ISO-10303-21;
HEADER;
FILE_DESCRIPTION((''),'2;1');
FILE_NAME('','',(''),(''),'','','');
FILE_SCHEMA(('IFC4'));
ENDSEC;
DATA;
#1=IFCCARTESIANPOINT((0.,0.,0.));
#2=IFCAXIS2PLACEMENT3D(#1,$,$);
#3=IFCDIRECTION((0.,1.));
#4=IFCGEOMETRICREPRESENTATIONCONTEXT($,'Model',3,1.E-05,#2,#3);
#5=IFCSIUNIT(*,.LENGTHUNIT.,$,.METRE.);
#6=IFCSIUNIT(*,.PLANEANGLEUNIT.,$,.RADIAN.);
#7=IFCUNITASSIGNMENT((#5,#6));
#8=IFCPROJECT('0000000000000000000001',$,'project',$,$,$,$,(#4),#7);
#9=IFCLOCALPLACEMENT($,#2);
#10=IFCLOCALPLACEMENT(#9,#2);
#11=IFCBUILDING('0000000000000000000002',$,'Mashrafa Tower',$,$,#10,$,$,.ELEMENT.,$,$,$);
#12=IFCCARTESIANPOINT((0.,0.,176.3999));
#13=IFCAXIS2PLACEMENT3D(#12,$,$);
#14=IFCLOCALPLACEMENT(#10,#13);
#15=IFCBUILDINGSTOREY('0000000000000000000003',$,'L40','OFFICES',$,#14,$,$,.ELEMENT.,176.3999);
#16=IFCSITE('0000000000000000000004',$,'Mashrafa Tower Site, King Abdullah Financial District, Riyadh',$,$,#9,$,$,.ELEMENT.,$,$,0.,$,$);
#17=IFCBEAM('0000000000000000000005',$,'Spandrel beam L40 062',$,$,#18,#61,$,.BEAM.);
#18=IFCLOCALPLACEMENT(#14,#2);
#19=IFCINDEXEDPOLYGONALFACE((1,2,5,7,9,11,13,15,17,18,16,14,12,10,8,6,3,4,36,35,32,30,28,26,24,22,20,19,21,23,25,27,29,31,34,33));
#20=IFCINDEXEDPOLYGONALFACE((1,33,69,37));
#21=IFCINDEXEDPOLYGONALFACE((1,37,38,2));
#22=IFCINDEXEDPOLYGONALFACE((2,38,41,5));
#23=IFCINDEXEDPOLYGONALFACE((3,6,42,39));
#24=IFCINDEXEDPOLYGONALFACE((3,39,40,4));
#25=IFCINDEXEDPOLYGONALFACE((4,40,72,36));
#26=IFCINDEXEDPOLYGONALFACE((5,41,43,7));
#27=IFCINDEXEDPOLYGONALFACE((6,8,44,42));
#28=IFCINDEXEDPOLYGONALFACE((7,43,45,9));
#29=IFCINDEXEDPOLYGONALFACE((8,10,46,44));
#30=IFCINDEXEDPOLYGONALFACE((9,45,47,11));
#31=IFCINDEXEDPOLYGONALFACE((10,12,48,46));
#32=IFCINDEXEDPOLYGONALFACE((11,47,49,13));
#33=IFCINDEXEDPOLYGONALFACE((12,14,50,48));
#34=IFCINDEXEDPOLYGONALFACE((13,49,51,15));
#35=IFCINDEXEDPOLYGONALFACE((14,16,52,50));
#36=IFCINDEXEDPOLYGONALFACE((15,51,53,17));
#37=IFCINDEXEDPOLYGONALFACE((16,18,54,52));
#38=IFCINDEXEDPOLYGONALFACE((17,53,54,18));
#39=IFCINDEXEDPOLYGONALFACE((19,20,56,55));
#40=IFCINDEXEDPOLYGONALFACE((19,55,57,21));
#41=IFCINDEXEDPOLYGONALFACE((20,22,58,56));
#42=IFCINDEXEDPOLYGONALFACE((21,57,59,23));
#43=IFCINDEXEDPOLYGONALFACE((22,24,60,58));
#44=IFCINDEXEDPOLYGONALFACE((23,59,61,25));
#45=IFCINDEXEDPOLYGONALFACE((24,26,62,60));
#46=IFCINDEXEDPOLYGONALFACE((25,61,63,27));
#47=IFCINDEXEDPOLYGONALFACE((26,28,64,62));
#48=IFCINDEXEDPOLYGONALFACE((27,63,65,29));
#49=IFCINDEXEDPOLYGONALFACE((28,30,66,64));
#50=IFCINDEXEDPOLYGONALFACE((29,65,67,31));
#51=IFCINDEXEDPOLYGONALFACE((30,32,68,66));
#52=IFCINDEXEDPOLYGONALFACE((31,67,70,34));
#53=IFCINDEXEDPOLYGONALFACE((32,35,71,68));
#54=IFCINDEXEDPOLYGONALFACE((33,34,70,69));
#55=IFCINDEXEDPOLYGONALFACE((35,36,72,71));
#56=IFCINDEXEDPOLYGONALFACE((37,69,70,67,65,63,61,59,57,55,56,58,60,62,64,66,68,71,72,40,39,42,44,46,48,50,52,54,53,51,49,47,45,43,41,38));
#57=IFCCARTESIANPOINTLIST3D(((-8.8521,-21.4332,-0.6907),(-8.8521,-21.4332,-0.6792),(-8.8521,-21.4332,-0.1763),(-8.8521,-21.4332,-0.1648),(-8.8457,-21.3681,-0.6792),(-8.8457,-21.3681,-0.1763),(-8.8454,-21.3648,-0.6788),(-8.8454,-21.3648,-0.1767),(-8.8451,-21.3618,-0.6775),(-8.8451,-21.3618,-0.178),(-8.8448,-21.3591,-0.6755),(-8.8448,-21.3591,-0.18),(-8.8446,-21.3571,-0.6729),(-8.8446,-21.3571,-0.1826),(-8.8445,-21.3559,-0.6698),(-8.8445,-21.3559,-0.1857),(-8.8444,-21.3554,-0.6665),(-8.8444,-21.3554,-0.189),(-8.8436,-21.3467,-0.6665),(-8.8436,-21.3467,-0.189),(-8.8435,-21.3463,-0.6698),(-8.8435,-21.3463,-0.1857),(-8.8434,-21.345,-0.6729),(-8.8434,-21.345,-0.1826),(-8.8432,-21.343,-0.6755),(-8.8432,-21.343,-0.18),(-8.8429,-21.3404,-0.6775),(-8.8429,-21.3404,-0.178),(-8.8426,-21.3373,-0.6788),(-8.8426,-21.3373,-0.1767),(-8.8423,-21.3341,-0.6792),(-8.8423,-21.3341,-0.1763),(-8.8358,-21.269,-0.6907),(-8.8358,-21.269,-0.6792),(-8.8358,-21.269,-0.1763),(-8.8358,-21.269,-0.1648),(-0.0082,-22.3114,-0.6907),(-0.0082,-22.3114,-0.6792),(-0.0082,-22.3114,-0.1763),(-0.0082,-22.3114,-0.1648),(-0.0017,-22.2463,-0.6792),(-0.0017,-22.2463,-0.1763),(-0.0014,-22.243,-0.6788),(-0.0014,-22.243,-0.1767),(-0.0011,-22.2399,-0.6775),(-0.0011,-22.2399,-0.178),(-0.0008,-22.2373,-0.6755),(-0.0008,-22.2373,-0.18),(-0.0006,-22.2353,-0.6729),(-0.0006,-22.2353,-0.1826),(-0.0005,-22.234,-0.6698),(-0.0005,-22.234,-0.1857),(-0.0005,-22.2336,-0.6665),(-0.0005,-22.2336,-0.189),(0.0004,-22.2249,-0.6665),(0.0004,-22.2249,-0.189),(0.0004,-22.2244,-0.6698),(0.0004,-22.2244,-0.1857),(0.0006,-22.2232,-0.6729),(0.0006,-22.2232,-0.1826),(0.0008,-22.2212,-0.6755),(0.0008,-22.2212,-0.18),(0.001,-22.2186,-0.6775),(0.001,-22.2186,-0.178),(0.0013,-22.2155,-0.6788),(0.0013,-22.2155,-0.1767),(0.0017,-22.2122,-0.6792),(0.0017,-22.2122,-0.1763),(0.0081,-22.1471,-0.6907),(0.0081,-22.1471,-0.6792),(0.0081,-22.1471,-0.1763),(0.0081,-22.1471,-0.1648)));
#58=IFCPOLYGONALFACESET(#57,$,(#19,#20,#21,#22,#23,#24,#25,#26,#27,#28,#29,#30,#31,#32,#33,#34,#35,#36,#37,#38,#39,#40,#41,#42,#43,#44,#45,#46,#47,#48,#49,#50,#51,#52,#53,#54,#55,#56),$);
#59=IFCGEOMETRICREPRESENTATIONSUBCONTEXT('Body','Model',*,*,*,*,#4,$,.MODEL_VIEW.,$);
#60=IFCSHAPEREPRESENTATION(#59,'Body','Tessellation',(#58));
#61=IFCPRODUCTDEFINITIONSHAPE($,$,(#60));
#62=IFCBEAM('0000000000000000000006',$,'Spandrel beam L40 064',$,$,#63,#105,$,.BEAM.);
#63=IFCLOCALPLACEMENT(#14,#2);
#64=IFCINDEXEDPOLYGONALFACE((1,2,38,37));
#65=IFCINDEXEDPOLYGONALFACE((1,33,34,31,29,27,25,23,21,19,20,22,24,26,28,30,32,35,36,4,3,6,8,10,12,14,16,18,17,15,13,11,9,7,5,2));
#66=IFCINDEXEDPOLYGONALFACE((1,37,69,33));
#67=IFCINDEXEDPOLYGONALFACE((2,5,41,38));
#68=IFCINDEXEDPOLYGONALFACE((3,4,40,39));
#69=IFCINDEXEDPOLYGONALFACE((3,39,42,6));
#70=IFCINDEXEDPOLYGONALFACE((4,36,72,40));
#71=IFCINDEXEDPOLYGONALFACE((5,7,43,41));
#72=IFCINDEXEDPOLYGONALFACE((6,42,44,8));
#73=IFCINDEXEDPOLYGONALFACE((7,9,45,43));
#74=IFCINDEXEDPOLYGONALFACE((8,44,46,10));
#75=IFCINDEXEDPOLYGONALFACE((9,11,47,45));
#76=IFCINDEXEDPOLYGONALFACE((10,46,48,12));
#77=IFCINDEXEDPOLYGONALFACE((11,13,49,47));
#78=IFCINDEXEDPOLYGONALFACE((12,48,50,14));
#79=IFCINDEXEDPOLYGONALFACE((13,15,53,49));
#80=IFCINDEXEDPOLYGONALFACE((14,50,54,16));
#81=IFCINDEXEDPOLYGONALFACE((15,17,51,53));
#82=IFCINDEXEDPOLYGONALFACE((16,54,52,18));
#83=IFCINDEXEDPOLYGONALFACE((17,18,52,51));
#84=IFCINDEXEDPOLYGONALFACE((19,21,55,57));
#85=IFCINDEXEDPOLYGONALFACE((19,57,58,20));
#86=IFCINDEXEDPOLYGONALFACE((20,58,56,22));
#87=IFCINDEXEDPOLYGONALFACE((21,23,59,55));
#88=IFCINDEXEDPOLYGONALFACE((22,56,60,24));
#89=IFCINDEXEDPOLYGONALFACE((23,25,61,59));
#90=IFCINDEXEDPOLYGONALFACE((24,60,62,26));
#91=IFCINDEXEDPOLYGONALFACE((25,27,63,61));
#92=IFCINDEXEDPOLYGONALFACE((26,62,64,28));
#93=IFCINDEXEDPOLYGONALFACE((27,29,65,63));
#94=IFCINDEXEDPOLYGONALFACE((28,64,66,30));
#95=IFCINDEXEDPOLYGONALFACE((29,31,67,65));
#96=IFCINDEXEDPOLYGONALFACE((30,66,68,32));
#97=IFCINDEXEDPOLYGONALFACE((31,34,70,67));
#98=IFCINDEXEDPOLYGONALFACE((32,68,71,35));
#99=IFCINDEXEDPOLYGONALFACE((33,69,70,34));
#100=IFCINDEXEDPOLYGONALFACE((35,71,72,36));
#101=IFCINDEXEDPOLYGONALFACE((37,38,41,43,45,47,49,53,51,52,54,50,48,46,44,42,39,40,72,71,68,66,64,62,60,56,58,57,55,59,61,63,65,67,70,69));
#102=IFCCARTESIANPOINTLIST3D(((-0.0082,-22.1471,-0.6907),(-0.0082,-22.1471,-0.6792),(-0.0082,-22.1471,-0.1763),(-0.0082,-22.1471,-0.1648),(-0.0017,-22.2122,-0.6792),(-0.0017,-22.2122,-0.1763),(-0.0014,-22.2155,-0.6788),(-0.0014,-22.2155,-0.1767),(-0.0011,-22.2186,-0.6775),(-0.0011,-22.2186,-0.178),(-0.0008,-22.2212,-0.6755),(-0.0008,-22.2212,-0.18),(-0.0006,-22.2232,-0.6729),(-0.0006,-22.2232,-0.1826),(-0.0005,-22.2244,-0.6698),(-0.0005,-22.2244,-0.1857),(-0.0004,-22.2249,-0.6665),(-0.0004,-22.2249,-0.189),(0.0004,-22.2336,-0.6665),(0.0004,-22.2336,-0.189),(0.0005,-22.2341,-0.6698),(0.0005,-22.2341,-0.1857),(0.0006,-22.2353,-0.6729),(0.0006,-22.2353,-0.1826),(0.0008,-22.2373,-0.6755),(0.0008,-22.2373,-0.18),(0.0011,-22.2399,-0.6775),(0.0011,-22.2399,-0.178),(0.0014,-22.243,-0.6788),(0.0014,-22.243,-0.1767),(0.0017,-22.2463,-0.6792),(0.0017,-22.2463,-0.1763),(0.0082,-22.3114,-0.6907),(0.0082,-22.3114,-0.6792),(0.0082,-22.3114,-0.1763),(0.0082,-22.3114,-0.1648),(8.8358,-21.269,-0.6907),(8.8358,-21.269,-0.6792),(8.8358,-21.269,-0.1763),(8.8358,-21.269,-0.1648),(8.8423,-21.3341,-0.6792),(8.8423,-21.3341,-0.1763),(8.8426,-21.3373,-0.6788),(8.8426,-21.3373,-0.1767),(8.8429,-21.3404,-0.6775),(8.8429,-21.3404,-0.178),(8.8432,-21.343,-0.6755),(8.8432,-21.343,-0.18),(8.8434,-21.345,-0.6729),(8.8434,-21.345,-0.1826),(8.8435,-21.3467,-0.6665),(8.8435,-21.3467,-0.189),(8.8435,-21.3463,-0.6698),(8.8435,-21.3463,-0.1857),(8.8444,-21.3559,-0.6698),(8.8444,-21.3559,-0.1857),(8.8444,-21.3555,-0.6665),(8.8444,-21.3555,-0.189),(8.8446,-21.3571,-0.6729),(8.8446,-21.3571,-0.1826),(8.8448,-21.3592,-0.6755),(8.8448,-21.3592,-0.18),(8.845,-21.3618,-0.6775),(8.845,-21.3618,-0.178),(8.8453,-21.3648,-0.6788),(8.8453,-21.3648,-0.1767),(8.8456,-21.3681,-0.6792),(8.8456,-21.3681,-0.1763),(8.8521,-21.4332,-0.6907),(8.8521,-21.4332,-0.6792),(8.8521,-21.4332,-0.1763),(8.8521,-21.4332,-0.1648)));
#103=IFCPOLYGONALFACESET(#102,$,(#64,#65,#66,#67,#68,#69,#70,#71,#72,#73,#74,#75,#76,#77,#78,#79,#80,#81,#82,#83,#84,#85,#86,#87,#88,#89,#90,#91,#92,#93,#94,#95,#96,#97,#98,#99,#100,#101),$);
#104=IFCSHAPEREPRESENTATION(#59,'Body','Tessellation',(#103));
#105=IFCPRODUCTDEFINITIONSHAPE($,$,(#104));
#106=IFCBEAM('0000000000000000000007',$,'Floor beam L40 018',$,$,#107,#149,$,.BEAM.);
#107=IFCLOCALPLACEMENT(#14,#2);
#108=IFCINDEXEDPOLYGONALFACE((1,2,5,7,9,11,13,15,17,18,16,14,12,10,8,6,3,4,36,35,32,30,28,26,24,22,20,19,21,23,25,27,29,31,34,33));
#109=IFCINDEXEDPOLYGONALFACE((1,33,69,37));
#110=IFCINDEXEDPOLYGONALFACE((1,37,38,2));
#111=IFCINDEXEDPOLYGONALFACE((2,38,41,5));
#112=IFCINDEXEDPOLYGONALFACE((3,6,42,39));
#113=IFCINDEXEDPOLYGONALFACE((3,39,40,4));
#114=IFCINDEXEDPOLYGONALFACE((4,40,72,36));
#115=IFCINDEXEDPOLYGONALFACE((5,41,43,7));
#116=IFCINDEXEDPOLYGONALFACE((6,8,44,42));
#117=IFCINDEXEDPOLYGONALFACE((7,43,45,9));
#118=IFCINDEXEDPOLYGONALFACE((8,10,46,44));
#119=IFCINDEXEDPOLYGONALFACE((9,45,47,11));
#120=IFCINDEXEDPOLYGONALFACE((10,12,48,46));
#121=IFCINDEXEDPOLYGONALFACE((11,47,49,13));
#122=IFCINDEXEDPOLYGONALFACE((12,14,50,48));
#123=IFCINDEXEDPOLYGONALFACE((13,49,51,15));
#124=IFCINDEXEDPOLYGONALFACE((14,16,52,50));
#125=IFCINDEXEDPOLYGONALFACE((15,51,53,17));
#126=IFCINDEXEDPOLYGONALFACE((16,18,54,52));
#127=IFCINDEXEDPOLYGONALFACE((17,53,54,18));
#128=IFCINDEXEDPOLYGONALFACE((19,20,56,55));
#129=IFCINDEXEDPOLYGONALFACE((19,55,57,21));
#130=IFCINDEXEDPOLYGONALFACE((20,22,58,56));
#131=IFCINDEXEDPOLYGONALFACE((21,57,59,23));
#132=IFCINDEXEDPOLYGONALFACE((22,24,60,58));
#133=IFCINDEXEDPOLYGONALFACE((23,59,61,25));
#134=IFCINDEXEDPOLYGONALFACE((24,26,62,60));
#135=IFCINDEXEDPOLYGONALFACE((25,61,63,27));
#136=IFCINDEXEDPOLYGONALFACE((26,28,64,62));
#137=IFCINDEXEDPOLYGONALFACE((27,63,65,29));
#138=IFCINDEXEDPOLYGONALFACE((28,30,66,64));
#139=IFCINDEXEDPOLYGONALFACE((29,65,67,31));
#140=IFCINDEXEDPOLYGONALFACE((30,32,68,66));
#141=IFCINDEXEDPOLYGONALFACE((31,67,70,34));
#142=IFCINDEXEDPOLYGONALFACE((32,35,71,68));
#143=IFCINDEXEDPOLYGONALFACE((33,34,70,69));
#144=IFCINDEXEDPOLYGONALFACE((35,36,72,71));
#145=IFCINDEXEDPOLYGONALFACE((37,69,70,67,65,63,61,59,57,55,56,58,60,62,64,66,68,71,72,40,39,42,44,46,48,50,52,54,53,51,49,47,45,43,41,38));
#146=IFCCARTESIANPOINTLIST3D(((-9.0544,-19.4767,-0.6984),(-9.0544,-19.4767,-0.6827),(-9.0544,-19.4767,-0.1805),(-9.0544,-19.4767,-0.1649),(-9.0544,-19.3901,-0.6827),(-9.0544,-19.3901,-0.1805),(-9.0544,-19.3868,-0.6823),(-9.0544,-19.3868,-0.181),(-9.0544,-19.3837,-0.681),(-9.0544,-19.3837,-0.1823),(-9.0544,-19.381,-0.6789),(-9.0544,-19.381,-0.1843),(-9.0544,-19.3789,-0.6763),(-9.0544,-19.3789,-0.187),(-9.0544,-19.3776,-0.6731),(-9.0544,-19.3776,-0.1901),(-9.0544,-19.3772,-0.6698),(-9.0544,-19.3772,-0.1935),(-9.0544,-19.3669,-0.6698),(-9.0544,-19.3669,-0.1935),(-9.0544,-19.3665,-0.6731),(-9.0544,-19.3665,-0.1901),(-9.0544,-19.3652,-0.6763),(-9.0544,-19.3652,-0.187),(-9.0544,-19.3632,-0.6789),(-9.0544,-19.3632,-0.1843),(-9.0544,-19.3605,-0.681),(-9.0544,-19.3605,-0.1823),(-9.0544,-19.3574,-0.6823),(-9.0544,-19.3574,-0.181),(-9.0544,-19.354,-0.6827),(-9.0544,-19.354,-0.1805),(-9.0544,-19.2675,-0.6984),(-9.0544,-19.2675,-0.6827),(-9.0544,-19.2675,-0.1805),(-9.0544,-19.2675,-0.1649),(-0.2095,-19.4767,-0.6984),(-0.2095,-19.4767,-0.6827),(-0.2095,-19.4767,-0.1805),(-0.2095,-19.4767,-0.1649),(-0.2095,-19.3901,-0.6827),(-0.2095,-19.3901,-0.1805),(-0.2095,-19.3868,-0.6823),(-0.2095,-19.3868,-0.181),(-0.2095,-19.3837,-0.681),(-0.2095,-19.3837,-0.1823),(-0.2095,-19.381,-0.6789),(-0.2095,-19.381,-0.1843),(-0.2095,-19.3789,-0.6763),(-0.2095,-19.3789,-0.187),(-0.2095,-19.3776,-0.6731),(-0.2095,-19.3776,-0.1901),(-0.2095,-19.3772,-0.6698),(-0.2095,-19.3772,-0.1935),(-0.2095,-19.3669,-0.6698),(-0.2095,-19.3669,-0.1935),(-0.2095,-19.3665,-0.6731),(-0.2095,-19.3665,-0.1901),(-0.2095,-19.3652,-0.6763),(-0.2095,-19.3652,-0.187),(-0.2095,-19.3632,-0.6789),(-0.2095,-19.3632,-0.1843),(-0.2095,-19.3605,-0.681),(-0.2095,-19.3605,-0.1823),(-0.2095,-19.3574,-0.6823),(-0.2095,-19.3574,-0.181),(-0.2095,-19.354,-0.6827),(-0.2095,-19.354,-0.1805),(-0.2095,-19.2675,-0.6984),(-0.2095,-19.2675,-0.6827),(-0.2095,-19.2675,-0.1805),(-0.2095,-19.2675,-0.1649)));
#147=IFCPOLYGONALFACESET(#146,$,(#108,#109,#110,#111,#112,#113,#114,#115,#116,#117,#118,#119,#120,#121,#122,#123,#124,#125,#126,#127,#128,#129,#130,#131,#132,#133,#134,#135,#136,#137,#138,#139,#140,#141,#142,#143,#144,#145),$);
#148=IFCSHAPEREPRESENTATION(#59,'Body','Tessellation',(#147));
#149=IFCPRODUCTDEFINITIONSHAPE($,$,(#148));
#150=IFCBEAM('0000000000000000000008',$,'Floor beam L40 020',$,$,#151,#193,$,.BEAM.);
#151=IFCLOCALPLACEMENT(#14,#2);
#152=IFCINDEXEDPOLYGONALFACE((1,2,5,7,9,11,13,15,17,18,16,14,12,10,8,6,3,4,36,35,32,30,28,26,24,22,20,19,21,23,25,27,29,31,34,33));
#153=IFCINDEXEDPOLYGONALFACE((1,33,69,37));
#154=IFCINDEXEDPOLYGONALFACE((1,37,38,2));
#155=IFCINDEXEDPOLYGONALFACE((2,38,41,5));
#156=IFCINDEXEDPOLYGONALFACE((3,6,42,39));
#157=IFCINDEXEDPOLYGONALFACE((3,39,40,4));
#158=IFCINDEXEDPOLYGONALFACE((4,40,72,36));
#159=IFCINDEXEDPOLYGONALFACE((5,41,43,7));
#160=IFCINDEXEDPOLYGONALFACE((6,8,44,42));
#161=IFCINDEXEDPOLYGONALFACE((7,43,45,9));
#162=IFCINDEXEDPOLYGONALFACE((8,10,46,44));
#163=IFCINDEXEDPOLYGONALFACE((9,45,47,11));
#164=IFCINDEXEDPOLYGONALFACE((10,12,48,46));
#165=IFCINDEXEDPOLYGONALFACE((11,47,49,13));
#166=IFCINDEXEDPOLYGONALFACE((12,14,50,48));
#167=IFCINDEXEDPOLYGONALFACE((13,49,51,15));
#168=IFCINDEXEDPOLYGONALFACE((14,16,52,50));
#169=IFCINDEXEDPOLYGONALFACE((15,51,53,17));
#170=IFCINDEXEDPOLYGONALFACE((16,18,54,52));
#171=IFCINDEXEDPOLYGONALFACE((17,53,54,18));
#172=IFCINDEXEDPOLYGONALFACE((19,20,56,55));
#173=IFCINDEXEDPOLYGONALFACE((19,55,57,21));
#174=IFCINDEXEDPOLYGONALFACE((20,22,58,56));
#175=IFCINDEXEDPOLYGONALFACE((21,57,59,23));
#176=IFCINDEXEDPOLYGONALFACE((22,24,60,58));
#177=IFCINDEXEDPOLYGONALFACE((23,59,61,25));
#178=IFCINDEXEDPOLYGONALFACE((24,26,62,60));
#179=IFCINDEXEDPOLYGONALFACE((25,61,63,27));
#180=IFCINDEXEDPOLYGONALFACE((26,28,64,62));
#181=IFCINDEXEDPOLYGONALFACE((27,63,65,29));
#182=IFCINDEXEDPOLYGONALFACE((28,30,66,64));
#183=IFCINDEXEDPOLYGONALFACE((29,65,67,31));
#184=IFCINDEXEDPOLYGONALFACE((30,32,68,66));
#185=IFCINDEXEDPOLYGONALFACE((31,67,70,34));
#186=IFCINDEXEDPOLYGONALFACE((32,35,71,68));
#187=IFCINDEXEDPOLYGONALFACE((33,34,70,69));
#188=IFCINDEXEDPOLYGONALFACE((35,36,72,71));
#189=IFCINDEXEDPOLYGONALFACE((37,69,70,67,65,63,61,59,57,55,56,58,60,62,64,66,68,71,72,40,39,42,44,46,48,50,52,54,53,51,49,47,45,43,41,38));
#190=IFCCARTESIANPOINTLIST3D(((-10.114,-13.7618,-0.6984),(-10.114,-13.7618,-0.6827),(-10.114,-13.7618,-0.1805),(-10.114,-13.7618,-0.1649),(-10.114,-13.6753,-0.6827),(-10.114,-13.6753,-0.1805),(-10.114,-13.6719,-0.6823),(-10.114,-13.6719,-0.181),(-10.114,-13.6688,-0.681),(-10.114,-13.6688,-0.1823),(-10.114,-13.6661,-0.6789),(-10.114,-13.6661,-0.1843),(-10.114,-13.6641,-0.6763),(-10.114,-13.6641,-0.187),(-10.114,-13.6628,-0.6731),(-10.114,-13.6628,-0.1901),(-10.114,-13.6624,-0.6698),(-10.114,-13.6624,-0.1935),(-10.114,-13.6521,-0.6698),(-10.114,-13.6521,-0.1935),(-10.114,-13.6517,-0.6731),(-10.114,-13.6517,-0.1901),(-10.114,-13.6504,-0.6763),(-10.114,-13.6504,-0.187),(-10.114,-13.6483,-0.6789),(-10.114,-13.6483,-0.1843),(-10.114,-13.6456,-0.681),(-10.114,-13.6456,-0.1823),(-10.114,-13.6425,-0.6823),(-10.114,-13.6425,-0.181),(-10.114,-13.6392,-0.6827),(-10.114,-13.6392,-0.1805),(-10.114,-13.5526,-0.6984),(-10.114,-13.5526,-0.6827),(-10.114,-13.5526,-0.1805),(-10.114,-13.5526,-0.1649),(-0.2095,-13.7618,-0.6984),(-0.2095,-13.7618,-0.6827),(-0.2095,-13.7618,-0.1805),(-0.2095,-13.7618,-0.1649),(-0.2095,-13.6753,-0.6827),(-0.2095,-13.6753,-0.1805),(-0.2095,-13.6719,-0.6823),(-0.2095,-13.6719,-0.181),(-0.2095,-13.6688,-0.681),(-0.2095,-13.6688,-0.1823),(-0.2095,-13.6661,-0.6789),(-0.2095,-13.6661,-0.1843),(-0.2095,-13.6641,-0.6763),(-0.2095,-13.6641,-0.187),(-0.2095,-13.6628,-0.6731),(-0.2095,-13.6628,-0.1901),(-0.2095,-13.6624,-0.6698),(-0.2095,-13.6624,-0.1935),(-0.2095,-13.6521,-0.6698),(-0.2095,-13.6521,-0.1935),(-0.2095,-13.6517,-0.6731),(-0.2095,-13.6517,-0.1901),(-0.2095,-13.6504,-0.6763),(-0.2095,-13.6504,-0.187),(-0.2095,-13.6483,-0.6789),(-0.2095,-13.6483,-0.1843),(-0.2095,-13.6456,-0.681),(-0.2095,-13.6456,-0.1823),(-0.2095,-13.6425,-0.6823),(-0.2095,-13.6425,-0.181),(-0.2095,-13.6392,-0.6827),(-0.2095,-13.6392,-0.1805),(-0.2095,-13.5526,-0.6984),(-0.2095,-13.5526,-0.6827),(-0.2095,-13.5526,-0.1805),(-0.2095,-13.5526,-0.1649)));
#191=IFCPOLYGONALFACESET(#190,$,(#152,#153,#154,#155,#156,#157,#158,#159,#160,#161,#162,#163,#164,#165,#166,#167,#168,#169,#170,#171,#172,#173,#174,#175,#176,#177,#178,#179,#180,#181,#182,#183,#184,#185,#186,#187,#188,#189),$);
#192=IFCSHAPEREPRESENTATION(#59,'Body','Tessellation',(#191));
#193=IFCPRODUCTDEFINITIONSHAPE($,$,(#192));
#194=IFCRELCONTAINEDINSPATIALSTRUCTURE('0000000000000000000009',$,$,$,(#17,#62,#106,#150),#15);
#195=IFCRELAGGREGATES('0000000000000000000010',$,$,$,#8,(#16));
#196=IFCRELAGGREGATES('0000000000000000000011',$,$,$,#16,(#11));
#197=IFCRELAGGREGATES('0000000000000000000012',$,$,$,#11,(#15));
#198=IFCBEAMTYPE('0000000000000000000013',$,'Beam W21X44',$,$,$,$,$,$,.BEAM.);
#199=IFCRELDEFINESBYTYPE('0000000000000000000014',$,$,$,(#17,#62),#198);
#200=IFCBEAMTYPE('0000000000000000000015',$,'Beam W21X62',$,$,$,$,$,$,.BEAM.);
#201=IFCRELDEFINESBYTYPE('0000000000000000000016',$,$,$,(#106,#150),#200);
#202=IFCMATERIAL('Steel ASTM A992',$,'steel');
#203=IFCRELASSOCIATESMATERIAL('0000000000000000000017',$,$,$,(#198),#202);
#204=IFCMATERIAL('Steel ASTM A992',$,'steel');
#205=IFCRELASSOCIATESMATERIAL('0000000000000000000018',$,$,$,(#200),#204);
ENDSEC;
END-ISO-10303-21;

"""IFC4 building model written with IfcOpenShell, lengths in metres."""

from ifc_helpers import new_model, si_unit, direction, frame, origin, origin_2d, place, context, subcontext, project, spatial, i_section, extrude, material, material_profile, profile_set, type_object, element, save


model = new_model("IFC4")

# Units and contexts
model_context = context("Model", 3, precision=1e-05, world=origin(), true_north=direction((0.0, 1.0)))
body_context = subcontext(model_context, "Body", "Model", "MODEL_VIEW")
ifc_project = project(units=[si_unit("LENGTHUNIT", "METRE"), si_unit("PLANEANGLEUNIT", "RADIAN")], contexts=[model_context])

# Site, building, storey
site_placement = place(None, origin())
site = spatial("IfcSite", under=ifc_project, at=site_placement, Name="Mashrafa Tower Site, King Abdullah Financial District, Riyadh", CompositionType="ELEMENT", RefElevation=0.0)
building_placement = place(site_placement, origin())
building = spatial("IfcBuilding", under=site, at=building_placement, Name="Mashrafa Tower", CompositionType="ELEMENT")
storey_placement = place(building_placement, frame((0.0, 0.0, 176.3999)))
storey = spatial("IfcBuildingStorey", under=building, at=storey_placement, Name="L40", Description="OFFICES", CompositionType="ELEMENT", Elevation=176.3999)

# Beams
ifc_material_1 = material(Name="Steel ASTM A992", Category="steel")
ifc_material_profile_1 = material_profile(ifc_material_1, i_section(OverallWidth=0.165, OverallDepth=0.5259, WebThickness=0.0088, FlangeThickness=0.0115, FilletRadius=0.0127, at=origin_2d()), Name="W21X44")
ifc_profile_set_1 = profile_set([ifc_material_profile_1], Name="Steel ASTM A992")
beam_type_1 = type_object("IfcBeamType", Name="Beam W21X44", PredefinedType="BEAM", material=ifc_profile_set_1)
for number, where, z_axis, x_axis, name in (
    (1, (-8.844, -21.3511, -0.4277), (0.995106, -0.09881, 0.0), (0.09881, 0.995106, 0.0), "Spandrel beam L40 062"),
    (2, (0.0, -22.2292, -0.4277), (0.995106, 0.09881, 0.0), (-0.09881, 0.995106, 0.0), "Spandrel beam L40 064"),
):
    element("IfcBeam", number, at=place(storey_placement, frame(where, z_axis=z_axis, x_axis=x_axis)), inside=storey, type_object=beam_type_1, Name=name, PredefinedType="BEAM", context=body_context, shape_type="SweptSolid", body=[
        extrude(i_section(OverallWidth=0.165, OverallDepth=0.5259, WebThickness=0.0088, FlangeThickness=0.0115, FilletRadius=0.0127, at=origin_2d()), origin(), (0.0, 0.0, 1.0), 8.8875),
    ])
ifc_material_2 = material(Name="Steel ASTM A992", Category="steel")
ifc_material_profile_2 = material_profile(ifc_material_2, i_section(OverallWidth=0.2092, OverallDepth=0.5334, WebThickness=0.0103, FlangeThickness=0.0156, FilletRadius=0.0129, at=origin_2d()), Name="W21X62")
ifc_profile_set_2 = profile_set([ifc_material_profile_2], Name="Steel ASTM A992")
beam_type_2 = type_object("IfcBeamType", Name="Beam W21X62", PredefinedType="BEAM", material=ifc_profile_set_2)
beam_1_placement = place(storey_placement, frame((-0.2095, -19.3721, -0.4316), z_axis=(-1.0, 0.0, 0.0), x_axis=(0.0, -1.0, 0.0)))
element("IfcBeam", 3, at=beam_1_placement, inside=storey, type_object=beam_type_2, Name="Floor beam L40 018", PredefinedType="BEAM", context=body_context, shape_type="SweptSolid", body=[
    extrude(i_section(OverallWidth=0.2092, OverallDepth=0.5334, WebThickness=0.0103, FlangeThickness=0.0156, FilletRadius=0.0129, at=origin_2d()), origin(), (0.0, 0.0, 1.0), 8.845),
])
beam_2_placement = place(storey_placement, frame((-0.2095, -13.6572, -0.4316), z_axis=(-1.0, 0.0, 0.0), x_axis=(0.0, -1.0, 0.0)))
element("IfcBeam", 4, at=beam_2_placement, inside=storey, type_object=beam_type_2, Name="Floor beam L40 020", PredefinedType="BEAM", context=body_context, shape_type="SweptSolid", body=[
    extrude(i_section(OverallWidth=0.2092, OverallDepth=0.5334, WebThickness=0.0103, FlangeThickness=0.0156, FilletRadius=0.0129, at=origin_2d()), origin(), (0.0, 0.0, 1.0), 9.9045),
])

save(model, "model.ifc")
